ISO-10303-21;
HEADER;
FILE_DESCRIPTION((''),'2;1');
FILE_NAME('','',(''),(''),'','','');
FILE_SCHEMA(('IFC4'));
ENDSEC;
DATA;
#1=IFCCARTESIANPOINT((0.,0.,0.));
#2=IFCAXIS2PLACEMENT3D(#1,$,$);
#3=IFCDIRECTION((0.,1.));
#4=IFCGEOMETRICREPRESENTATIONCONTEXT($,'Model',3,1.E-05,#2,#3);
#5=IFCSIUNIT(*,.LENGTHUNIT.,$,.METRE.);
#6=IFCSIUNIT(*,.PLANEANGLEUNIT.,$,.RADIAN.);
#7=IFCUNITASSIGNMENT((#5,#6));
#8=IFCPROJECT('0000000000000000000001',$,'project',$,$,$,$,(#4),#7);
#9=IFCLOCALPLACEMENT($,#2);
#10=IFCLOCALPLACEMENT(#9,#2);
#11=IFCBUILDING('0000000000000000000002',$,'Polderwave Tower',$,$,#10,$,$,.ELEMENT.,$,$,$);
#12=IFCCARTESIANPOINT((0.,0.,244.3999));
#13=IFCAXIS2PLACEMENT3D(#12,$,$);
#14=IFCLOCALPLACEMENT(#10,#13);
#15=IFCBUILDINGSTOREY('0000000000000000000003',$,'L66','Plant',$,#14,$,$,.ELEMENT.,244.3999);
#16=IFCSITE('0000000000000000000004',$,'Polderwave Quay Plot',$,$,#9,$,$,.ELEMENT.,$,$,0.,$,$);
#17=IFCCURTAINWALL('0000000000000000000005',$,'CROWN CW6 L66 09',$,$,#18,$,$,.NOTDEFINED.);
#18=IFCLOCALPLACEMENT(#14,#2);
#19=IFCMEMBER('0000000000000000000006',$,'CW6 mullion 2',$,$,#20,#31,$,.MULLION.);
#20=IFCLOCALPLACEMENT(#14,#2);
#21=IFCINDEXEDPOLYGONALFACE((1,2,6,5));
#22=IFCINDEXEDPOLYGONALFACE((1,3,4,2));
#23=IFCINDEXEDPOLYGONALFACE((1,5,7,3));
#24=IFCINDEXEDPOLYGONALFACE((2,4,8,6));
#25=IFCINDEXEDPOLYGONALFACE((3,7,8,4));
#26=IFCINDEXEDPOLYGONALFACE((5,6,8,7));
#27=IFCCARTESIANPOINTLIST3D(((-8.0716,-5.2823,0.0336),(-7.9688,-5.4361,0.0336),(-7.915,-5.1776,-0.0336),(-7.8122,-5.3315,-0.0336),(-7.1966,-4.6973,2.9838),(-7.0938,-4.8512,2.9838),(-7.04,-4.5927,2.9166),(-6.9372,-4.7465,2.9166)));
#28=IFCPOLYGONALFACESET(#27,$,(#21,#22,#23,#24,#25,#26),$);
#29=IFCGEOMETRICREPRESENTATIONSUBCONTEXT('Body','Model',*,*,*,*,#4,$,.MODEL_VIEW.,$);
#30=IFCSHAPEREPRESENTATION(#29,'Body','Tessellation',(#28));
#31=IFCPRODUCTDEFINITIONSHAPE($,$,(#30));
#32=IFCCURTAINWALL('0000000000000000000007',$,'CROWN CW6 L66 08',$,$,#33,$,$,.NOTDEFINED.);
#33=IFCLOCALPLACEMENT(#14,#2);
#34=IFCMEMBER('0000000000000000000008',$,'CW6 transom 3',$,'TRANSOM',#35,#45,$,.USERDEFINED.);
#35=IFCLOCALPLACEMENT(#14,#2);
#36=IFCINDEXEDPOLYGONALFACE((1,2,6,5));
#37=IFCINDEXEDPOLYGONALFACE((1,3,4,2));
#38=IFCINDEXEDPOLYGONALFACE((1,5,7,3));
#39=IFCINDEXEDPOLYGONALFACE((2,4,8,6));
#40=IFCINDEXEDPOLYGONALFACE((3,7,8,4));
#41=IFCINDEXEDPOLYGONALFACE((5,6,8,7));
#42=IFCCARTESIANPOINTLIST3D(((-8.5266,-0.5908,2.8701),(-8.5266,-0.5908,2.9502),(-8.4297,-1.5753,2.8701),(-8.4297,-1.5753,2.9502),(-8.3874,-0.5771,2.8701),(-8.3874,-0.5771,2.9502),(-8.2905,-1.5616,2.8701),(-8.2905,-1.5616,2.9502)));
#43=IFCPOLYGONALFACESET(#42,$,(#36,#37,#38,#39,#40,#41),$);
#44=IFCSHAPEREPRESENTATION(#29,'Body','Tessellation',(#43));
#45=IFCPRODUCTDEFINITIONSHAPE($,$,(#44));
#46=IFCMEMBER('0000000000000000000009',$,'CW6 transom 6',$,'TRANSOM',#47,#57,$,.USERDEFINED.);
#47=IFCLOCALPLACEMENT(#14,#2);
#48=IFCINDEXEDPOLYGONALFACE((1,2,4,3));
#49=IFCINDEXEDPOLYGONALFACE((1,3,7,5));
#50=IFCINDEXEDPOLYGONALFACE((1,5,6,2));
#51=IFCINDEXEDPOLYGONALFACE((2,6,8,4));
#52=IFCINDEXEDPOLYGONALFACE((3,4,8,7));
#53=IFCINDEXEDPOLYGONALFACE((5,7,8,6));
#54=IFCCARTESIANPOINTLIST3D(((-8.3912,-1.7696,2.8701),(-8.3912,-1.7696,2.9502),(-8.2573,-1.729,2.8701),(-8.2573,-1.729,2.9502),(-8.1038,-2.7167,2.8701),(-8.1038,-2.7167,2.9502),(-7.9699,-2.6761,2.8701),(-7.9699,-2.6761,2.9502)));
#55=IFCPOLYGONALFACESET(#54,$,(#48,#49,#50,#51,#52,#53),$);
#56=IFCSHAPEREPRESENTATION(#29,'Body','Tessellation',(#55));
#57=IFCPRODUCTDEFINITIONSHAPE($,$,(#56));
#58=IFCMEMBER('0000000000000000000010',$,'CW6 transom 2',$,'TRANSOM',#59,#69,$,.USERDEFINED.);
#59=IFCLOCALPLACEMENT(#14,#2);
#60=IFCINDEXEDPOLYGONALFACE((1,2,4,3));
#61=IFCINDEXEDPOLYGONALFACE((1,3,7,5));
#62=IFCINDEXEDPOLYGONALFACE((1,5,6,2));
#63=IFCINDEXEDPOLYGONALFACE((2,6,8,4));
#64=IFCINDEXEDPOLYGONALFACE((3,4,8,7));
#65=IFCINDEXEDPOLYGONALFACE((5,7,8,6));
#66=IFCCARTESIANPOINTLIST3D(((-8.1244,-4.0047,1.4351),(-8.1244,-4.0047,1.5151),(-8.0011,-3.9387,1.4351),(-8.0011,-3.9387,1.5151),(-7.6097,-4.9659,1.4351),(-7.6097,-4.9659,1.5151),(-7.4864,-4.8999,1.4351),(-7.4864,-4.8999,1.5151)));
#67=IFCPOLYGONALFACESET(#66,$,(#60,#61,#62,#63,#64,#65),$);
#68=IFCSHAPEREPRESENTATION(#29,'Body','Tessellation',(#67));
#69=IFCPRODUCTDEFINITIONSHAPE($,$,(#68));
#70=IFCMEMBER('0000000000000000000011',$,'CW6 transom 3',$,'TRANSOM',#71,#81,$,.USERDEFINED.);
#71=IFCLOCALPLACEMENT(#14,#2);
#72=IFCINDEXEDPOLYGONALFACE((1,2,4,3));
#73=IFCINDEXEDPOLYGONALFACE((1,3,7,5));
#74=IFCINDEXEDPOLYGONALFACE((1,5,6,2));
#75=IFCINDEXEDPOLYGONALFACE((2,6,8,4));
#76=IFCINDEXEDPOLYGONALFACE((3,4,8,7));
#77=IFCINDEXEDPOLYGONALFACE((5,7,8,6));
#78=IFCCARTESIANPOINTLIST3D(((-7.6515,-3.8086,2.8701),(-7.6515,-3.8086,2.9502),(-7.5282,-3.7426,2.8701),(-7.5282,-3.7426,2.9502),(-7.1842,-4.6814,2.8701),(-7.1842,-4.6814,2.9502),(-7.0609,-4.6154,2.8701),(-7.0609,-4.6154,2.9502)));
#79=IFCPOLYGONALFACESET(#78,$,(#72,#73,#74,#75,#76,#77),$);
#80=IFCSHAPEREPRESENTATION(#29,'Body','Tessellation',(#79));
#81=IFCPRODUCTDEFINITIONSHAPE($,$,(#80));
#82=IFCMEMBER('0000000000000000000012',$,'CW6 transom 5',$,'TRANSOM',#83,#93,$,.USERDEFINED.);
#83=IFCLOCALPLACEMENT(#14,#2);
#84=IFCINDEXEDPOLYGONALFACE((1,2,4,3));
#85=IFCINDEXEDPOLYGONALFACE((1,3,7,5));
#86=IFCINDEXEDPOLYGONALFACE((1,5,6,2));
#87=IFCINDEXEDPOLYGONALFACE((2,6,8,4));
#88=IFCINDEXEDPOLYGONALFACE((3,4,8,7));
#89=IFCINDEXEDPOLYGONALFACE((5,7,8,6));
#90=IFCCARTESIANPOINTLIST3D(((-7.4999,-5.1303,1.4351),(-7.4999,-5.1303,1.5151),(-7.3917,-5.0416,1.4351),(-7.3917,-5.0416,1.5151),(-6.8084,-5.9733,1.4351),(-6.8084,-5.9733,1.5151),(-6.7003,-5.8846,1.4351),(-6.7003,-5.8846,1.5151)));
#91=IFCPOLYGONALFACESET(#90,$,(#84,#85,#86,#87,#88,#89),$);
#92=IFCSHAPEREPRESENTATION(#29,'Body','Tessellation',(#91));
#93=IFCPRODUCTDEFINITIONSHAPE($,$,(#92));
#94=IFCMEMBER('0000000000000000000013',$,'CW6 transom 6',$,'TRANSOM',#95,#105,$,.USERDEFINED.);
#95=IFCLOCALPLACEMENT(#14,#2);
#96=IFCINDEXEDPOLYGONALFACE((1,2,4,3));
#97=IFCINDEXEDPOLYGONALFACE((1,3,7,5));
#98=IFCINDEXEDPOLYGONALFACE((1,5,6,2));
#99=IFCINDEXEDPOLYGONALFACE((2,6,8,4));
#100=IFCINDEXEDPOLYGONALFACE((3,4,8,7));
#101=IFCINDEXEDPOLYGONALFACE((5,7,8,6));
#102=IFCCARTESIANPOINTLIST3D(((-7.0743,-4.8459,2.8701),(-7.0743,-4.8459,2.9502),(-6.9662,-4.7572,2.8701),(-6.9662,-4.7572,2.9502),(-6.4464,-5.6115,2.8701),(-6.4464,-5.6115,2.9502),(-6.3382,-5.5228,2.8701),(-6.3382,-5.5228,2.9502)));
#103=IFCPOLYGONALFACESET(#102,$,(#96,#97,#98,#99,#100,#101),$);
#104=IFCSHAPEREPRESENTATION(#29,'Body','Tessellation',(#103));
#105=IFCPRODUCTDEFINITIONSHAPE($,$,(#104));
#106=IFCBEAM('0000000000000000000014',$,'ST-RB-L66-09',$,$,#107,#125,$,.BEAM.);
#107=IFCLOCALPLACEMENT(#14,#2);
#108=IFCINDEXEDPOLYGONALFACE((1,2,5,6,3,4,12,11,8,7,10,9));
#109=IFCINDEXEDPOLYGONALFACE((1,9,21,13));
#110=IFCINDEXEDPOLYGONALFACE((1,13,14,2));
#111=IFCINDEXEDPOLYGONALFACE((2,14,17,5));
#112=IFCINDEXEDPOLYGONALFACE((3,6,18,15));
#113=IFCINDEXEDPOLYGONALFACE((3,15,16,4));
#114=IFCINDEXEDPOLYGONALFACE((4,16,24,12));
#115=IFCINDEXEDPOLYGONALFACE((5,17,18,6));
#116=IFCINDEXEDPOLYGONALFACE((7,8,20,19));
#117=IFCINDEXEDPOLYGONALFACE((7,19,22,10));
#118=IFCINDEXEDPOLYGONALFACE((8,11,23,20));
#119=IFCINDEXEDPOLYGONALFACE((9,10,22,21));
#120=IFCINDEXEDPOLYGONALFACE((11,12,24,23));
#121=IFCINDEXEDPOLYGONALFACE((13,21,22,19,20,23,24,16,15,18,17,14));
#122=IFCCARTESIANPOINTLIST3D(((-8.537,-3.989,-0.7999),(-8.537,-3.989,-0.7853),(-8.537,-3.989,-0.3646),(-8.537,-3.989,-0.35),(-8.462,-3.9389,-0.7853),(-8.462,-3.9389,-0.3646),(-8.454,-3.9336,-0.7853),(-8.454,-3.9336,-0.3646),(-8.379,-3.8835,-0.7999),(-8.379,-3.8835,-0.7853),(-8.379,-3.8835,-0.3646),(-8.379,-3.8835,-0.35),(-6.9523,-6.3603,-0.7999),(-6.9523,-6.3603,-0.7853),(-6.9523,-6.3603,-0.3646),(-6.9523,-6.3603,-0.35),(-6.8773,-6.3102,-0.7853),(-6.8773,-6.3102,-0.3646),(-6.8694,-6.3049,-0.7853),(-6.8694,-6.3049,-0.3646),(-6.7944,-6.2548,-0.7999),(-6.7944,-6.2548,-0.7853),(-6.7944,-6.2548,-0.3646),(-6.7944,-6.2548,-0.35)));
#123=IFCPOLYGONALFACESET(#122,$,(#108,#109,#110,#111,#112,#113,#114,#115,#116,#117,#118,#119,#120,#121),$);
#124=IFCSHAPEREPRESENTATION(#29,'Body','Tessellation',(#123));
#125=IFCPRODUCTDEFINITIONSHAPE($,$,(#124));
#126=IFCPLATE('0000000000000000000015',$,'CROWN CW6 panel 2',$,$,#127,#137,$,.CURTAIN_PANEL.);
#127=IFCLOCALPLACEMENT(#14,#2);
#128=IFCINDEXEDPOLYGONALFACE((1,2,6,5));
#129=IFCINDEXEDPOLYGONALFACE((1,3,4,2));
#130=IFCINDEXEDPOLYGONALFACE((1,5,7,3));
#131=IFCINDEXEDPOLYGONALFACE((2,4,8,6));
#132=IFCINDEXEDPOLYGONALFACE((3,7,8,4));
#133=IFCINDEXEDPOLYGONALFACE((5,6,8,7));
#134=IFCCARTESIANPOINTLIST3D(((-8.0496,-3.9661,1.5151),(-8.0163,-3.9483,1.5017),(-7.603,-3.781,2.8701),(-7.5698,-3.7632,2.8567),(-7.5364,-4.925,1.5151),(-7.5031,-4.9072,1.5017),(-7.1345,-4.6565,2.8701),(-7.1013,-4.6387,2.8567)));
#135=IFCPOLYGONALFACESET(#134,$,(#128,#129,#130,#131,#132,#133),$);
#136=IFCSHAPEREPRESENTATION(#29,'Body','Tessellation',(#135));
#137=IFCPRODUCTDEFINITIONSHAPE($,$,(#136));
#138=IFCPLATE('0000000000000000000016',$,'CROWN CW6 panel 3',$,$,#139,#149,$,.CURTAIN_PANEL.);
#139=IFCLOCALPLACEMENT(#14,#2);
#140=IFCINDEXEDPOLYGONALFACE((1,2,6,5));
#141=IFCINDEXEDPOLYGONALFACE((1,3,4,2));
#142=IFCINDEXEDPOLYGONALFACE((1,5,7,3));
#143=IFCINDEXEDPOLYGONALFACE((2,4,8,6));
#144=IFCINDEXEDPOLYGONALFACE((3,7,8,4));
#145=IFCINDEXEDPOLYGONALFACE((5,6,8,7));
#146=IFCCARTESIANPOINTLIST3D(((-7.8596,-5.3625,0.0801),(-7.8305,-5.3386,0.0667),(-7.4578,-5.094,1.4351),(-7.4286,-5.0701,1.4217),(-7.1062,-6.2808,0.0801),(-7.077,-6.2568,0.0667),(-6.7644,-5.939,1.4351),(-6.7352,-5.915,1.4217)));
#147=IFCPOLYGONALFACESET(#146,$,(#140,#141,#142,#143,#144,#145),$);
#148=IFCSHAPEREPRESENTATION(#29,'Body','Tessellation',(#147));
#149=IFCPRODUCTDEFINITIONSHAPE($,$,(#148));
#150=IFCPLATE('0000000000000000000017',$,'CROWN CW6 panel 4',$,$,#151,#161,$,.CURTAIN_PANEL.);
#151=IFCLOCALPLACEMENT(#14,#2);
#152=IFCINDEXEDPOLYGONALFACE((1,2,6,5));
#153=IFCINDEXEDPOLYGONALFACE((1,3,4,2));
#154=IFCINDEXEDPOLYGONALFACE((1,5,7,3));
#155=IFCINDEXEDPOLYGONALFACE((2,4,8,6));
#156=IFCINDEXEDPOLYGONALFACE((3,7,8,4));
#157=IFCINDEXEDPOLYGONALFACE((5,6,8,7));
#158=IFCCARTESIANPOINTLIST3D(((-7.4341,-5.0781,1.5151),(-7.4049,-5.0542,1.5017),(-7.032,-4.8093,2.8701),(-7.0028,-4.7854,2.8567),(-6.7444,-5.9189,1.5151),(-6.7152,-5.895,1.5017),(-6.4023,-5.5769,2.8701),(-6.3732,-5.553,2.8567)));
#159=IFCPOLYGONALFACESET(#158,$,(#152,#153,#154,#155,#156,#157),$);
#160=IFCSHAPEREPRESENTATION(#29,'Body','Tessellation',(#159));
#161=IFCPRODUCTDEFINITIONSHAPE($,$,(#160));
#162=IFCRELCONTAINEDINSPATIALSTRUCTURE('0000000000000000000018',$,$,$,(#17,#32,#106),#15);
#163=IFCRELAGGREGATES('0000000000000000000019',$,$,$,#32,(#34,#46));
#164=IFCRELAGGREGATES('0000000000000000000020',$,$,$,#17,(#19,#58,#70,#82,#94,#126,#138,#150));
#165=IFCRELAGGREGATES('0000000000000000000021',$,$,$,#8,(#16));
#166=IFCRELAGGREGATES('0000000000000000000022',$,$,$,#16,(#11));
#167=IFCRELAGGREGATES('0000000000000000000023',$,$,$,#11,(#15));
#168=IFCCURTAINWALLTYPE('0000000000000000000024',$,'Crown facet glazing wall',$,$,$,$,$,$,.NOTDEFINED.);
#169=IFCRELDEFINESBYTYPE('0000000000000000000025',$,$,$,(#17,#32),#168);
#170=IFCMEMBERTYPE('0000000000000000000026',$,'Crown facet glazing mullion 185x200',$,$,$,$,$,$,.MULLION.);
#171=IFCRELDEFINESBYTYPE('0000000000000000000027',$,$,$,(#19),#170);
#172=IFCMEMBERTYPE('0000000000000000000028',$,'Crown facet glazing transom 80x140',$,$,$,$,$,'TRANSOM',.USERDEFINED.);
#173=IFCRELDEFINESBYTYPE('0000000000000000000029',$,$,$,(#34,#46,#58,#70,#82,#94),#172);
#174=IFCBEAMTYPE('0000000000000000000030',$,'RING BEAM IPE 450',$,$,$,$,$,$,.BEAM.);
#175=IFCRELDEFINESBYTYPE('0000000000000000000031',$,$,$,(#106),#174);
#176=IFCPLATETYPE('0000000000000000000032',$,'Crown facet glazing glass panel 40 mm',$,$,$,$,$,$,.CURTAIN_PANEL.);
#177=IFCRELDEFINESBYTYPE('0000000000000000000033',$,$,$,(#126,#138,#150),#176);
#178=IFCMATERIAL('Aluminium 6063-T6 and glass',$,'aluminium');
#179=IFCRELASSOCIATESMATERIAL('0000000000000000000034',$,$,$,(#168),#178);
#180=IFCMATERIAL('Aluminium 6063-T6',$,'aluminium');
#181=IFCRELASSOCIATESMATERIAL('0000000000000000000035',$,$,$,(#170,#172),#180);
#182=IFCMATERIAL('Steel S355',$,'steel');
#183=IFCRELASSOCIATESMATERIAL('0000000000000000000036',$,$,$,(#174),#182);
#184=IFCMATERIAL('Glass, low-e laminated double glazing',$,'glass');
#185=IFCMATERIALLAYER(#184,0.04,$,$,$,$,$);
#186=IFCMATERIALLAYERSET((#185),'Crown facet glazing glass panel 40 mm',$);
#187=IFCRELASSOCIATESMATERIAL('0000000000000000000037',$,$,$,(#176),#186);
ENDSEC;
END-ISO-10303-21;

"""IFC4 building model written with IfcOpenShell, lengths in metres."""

from ifc_helpers import new_model, si_unit, direction, frame, origin, origin_2d, place, context, subcontext, project, spatial, polyline, rectangle, i_section, outline, extrude, material, layer, layer_set, material_profile, profile_set, type_object, element, aggregate, save


model = new_model("IFC4")

# Units and contexts
model_context = context("Model", 3, precision=1e-05, world=origin(), true_north=direction((0.0, 1.0)))
body_context = subcontext(model_context, "Body", "Model", "MODEL_VIEW")
ifc_project = project(units=[si_unit("LENGTHUNIT", "METRE"), si_unit("PLANEANGLEUNIT", "RADIAN")], contexts=[model_context])

# Site, building, storey
site_placement = place(None, origin())
site = spatial("IfcSite", under=ifc_project, at=site_placement, Name="Polderwave Quay Plot", CompositionType="ELEMENT", RefElevation=0.0)
building_placement = place(site_placement, origin())
building = spatial("IfcBuilding", under=site, at=building_placement, Name="Polderwave Tower", CompositionType="ELEMENT")
storey_placement = place(building_placement, frame((0.0, 0.0, 244.3999)))
storey = spatial("IfcBuildingStorey", under=building, at=storey_placement, Name="L66", Description="Plant", CompositionType="ELEMENT", Elevation=244.3999)

# Curtain wall, member
ifc_material_1 = material(Name="Aluminium 6063-T6 and glass", Category="aluminium")
curtain_wall_type = type_object("IfcCurtainWallType", Name="Crown facet glazing wall", PredefinedType="NOTDEFINED", material=ifc_material_1)
curtain_wall_1_placement = place(storey_placement, origin())
curtain_wall_1 = element("IfcCurtainWall", 1, at=curtain_wall_1_placement, inside=storey, type_object=curtain_wall_type, Name="CROWN CW6 L66 09", PredefinedType="NOTDEFINED")
ifc_material_2 = material(Name="Aluminium 6063-T6", Category="aluminium")
ifc_material_profile_1 = material_profile(ifc_material_2, rectangle(XDim=0.1851, YDim=0.2, at=origin_2d()), Name="AL 185x200")
ifc_profile_set_1 = profile_set([ifc_material_profile_1], Name="Aluminium 6063-T6")
member_type_1 = type_object("IfcMemberType", Name="Crown facet glazing mullion 185x200", PredefinedType="MULLION", material=ifc_profile_set_1)
member_1_placement = place(storey_placement, frame((-7.9419, -5.3069, 0.0), z_axis=(0.279345, 0.18675, 0.941855), x_axis=(-0.55577, 0.831336, 0.0)))
member_1 = element("IfcMember", 2, at=member_1_placement, type_object=member_type_1, Name="CW6 mullion 2", PredefinedType="MULLION", context=body_context, shape_type="SweptSolid", body=[
    extrude(rectangle(XDim=0.1851, YDim=0.2, at=origin_2d()), origin(), (0.0, 0.0, 1.0), 3.1323),
])

# Curtain wall, members
curtain_wall_2_placement = place(storey_placement, origin())
curtain_wall_2 = element("IfcCurtainWall", 3, at=curtain_wall_2_placement, inside=storey, type_object=curtain_wall_type, Name="CROWN CW6 L66 08", PredefinedType="NOTDEFINED")
ifc_material_profile_2 = material_profile(ifc_material_2, rectangle(XDim=0.1399, YDim=0.0801, at=origin_2d()), Name="AL 80x140")
ifc_profile_set_2 = profile_set([ifc_material_profile_2], Name="Aluminium 6063-T6")
member_type_2 = type_object("IfcMemberType", Name="Crown facet glazing transom 80x140", ElementType="TRANSOM", PredefinedType="USERDEFINED", material=ifc_profile_set_2)
member_2_placement = place(storey_placement, frame((-8.457, -0.584, 2.9102), z_axis=(0.097964, -0.99519, 0.0), x_axis=(0.99519, 0.097964, 0.0)))
member_2 = element("IfcMember", 4, at=member_2_placement, type_object=member_type_2, Name="CW6 transom 3", ObjectType="TRANSOM", PredefinedType="USERDEFINED", context=body_context, shape_type="SweptSolid", body=[
    extrude(rectangle(XDim=0.1399, YDim=0.0801, at=origin_2d()), origin(), (0.0, 0.0, 1.0), 0.9893),
])
member_3_placement = place(storey_placement, frame((-8.3242, -1.7493, 2.9102), z_axis=(0.290357, -0.956919, 0.0), x_axis=(0.956919, 0.290357, 0.0)))
member_3 = element("IfcMember", 5, at=member_3_placement, type_object=member_type_2, Name="CW6 transom 6", ObjectType="TRANSOM", PredefinedType="USERDEFINED", context=body_context, shape_type="SweptSolid", body=[
    extrude(rectangle(XDim=0.1399, YDim=0.0801, at=origin_2d()), origin(), (0.0, 0.0, 1.0), 0.9897),
])
aggregate(curtain_wall_2, [member_2, member_3])

# Members
member_4_placement = place(storey_placement, frame((-8.0627, -3.9717, 1.4751), z_axis=(0.472029, -0.881583, 0.0), x_axis=(0.881583, 0.472029, 0.0)))
member_4 = element("IfcMember", 6, at=member_4_placement, type_object=member_type_2, Name="CW6 transom 2", ObjectType="TRANSOM", PredefinedType="USERDEFINED", context=body_context, shape_type="SweptSolid", body=[
    extrude(rectangle(XDim=0.1399, YDim=0.0801, at=origin_2d()), origin(), (0.0, 0.0, 1.0), 1.0903),
])
member_5_placement = place(storey_placement, frame((-7.5898, -3.7756, 2.9102), z_axis=(0.471996, -0.881601, 0.0), x_axis=(0.881601, 0.471996, 0.0)))
member_5 = element("IfcMember", 7, at=member_5_placement, type_object=member_type_2, Name="CW6 transom 3", ObjectType="TRANSOM", PredefinedType="USERDEFINED", context=body_context, shape_type="SweptSolid", body=[
    extrude(rectangle(XDim=0.1399, YDim=0.0801, at=origin_2d()), origin(), (0.0, 0.0, 1.0), 0.99),
])
member_6_placement = place(storey_placement, frame((-7.4458, -5.0859, 1.4751), z_axis=(0.634152, -0.773208, 0.0), x_axis=(0.773208, 0.634152, 0.0)))
member_6 = element("IfcMember", 8, at=member_6_placement, type_object=member_type_2, Name="CW6 transom 5", ObjectType="TRANSOM", PredefinedType="USERDEFINED", context=body_context, shape_type="SweptSolid", body=[
    extrude(rectangle(XDim=0.1399, YDim=0.0801, at=origin_2d()), origin(), (0.0, 0.0, 1.0), 1.0903),
])
member_7_placement = place(storey_placement, frame((-7.0203, -4.8015, 2.9102), z_axis=(0.63415, -0.77321, 0.0), x_axis=(0.77321, 0.63415, 0.0)))
member_7 = element("IfcMember", 9, at=member_7_placement, type_object=member_type_2, Name="CW6 transom 6", ObjectType="TRANSOM", PredefinedType="USERDEFINED", context=body_context, shape_type="SweptSolid", body=[
    extrude(rectangle(XDim=0.1399, YDim=0.0801, at=origin_2d()), origin(), (0.0, 0.0, 1.0), 0.9902),
])

# Beam
ifc_material_3 = material(Name="Steel S355", Category="steel")
ifc_material_profile_3 = material_profile(ifc_material_3, i_section(OverallWidth=0.1899, OverallDepth=0.45, WebThickness=0.0095, FlangeThickness=0.0146, at=origin_2d()), Name="IPE 450")
ifc_profile_set_3 = profile_set([ifc_material_profile_3], Name="Steel S355")
beam_type = type_object("IfcBeamType", Name="RING BEAM IPE 450", PredefinedType="BEAM", material=ifc_profile_set_3)
beam_placement = place(storey_placement, frame((-8.458, -3.9363, -0.575), z_axis=(0.555628, -0.831431, 0.0), x_axis=(0.831431, 0.555628, 0.0)))
element("IfcBeam", 10, at=beam_placement, inside=storey, type_object=beam_type, Name="ST-RB-L66-09", PredefinedType="BEAM", context=body_context, shape_type="SweptSolid", body=[
    extrude(i_section(OverallWidth=0.1899, OverallDepth=0.45, WebThickness=0.0095, FlangeThickness=0.0146, at=origin_2d()), origin(), (0.0, 0.0, 1.0), 2.8521),
])

# Plates
ifc_material_4 = material(Name="Glass, low-e laminated double glazing", Category="glass")
ifc_layer_1 = layer(ifc_material_4, 0.04)
ifc_layer_set_1 = layer_set([ifc_layer_1], Name="Crown facet glazing glass panel 40 mm")
plate_type = type_object("IfcPlateType", Name="Crown facet glazing glass panel 40 mm", PredefinedType="CURTAIN_PANEL", material=ifc_layer_set_1)
plate_1_placement = place(storey_placement, frame((-8.0496, -3.9661, 1.5151), z_axis=(-0.830889, -0.444637, 0.334547), x_axis=(0.471824, -0.881693, 0.0)))
plate_1 = element("IfcPlate", 11, at=plate_1_placement, type_object=plate_type, Name="CROWN CW6 panel 2", PredefinedType="CURTAIN_PANEL", context=body_context, shape_type="SweptSolid", body=[
    extrude(outline(polyline([(0.0, 0.0), (1.0877, 0.0), (1.0405, 1.4378), (0.0475, 1.4378), (0.0, 0.0)])), origin(), (0.0, 0.0, -1.0), 0.04),
])
plate_2_placement = place(storey_placement, frame((-7.8596, -5.3625, 0.0801), z_axis=(-0.728515, -0.597781, 0.33455), x_axis=(0.634332, -0.773061, -0.000004)))
plate_2 = element("IfcPlate", 12, at=plate_2_placement, type_object=plate_type, Name="CROWN CW6 panel 3", PredefinedType="CURTAIN_PANEL", context=body_context, shape_type="SweptSolid", body=[
    extrude(outline(polyline([(0.0, 0.0), (1.1878, 0.0), (1.1403, 1.4378), (0.0473, 1.4378), (0.0, 0.0)])), origin(), (0.0, 0.0, -1.0), 0.04),
])
plate_3_placement = place(storey_placement, frame((-7.4341, -5.0781, 1.5151), z_axis=(-0.728552, -0.597616, 0.334763), x_axis=(0.634208, -0.773162, -0.000002)))
plate_3 = element("IfcPlate", 13, at=plate_3_placement, type_object=plate_type, Name="CROWN CW6 panel 4", PredefinedType="CURTAIN_PANEL", context=body_context, shape_type="SweptSolid", body=[
    extrude(outline(polyline([(0.0, 0.0), (1.0875, 0.0), (1.04, 1.4379), (0.0472, 1.4379), (0.0, 0.0)])), origin(), (0.0, 0.0, -1.0), 0.04),
])
aggregate(curtain_wall_1, [member_1, member_4, member_5, member_6, member_7, plate_1, plate_2, plate_3])

save(model, "model.ifc")
